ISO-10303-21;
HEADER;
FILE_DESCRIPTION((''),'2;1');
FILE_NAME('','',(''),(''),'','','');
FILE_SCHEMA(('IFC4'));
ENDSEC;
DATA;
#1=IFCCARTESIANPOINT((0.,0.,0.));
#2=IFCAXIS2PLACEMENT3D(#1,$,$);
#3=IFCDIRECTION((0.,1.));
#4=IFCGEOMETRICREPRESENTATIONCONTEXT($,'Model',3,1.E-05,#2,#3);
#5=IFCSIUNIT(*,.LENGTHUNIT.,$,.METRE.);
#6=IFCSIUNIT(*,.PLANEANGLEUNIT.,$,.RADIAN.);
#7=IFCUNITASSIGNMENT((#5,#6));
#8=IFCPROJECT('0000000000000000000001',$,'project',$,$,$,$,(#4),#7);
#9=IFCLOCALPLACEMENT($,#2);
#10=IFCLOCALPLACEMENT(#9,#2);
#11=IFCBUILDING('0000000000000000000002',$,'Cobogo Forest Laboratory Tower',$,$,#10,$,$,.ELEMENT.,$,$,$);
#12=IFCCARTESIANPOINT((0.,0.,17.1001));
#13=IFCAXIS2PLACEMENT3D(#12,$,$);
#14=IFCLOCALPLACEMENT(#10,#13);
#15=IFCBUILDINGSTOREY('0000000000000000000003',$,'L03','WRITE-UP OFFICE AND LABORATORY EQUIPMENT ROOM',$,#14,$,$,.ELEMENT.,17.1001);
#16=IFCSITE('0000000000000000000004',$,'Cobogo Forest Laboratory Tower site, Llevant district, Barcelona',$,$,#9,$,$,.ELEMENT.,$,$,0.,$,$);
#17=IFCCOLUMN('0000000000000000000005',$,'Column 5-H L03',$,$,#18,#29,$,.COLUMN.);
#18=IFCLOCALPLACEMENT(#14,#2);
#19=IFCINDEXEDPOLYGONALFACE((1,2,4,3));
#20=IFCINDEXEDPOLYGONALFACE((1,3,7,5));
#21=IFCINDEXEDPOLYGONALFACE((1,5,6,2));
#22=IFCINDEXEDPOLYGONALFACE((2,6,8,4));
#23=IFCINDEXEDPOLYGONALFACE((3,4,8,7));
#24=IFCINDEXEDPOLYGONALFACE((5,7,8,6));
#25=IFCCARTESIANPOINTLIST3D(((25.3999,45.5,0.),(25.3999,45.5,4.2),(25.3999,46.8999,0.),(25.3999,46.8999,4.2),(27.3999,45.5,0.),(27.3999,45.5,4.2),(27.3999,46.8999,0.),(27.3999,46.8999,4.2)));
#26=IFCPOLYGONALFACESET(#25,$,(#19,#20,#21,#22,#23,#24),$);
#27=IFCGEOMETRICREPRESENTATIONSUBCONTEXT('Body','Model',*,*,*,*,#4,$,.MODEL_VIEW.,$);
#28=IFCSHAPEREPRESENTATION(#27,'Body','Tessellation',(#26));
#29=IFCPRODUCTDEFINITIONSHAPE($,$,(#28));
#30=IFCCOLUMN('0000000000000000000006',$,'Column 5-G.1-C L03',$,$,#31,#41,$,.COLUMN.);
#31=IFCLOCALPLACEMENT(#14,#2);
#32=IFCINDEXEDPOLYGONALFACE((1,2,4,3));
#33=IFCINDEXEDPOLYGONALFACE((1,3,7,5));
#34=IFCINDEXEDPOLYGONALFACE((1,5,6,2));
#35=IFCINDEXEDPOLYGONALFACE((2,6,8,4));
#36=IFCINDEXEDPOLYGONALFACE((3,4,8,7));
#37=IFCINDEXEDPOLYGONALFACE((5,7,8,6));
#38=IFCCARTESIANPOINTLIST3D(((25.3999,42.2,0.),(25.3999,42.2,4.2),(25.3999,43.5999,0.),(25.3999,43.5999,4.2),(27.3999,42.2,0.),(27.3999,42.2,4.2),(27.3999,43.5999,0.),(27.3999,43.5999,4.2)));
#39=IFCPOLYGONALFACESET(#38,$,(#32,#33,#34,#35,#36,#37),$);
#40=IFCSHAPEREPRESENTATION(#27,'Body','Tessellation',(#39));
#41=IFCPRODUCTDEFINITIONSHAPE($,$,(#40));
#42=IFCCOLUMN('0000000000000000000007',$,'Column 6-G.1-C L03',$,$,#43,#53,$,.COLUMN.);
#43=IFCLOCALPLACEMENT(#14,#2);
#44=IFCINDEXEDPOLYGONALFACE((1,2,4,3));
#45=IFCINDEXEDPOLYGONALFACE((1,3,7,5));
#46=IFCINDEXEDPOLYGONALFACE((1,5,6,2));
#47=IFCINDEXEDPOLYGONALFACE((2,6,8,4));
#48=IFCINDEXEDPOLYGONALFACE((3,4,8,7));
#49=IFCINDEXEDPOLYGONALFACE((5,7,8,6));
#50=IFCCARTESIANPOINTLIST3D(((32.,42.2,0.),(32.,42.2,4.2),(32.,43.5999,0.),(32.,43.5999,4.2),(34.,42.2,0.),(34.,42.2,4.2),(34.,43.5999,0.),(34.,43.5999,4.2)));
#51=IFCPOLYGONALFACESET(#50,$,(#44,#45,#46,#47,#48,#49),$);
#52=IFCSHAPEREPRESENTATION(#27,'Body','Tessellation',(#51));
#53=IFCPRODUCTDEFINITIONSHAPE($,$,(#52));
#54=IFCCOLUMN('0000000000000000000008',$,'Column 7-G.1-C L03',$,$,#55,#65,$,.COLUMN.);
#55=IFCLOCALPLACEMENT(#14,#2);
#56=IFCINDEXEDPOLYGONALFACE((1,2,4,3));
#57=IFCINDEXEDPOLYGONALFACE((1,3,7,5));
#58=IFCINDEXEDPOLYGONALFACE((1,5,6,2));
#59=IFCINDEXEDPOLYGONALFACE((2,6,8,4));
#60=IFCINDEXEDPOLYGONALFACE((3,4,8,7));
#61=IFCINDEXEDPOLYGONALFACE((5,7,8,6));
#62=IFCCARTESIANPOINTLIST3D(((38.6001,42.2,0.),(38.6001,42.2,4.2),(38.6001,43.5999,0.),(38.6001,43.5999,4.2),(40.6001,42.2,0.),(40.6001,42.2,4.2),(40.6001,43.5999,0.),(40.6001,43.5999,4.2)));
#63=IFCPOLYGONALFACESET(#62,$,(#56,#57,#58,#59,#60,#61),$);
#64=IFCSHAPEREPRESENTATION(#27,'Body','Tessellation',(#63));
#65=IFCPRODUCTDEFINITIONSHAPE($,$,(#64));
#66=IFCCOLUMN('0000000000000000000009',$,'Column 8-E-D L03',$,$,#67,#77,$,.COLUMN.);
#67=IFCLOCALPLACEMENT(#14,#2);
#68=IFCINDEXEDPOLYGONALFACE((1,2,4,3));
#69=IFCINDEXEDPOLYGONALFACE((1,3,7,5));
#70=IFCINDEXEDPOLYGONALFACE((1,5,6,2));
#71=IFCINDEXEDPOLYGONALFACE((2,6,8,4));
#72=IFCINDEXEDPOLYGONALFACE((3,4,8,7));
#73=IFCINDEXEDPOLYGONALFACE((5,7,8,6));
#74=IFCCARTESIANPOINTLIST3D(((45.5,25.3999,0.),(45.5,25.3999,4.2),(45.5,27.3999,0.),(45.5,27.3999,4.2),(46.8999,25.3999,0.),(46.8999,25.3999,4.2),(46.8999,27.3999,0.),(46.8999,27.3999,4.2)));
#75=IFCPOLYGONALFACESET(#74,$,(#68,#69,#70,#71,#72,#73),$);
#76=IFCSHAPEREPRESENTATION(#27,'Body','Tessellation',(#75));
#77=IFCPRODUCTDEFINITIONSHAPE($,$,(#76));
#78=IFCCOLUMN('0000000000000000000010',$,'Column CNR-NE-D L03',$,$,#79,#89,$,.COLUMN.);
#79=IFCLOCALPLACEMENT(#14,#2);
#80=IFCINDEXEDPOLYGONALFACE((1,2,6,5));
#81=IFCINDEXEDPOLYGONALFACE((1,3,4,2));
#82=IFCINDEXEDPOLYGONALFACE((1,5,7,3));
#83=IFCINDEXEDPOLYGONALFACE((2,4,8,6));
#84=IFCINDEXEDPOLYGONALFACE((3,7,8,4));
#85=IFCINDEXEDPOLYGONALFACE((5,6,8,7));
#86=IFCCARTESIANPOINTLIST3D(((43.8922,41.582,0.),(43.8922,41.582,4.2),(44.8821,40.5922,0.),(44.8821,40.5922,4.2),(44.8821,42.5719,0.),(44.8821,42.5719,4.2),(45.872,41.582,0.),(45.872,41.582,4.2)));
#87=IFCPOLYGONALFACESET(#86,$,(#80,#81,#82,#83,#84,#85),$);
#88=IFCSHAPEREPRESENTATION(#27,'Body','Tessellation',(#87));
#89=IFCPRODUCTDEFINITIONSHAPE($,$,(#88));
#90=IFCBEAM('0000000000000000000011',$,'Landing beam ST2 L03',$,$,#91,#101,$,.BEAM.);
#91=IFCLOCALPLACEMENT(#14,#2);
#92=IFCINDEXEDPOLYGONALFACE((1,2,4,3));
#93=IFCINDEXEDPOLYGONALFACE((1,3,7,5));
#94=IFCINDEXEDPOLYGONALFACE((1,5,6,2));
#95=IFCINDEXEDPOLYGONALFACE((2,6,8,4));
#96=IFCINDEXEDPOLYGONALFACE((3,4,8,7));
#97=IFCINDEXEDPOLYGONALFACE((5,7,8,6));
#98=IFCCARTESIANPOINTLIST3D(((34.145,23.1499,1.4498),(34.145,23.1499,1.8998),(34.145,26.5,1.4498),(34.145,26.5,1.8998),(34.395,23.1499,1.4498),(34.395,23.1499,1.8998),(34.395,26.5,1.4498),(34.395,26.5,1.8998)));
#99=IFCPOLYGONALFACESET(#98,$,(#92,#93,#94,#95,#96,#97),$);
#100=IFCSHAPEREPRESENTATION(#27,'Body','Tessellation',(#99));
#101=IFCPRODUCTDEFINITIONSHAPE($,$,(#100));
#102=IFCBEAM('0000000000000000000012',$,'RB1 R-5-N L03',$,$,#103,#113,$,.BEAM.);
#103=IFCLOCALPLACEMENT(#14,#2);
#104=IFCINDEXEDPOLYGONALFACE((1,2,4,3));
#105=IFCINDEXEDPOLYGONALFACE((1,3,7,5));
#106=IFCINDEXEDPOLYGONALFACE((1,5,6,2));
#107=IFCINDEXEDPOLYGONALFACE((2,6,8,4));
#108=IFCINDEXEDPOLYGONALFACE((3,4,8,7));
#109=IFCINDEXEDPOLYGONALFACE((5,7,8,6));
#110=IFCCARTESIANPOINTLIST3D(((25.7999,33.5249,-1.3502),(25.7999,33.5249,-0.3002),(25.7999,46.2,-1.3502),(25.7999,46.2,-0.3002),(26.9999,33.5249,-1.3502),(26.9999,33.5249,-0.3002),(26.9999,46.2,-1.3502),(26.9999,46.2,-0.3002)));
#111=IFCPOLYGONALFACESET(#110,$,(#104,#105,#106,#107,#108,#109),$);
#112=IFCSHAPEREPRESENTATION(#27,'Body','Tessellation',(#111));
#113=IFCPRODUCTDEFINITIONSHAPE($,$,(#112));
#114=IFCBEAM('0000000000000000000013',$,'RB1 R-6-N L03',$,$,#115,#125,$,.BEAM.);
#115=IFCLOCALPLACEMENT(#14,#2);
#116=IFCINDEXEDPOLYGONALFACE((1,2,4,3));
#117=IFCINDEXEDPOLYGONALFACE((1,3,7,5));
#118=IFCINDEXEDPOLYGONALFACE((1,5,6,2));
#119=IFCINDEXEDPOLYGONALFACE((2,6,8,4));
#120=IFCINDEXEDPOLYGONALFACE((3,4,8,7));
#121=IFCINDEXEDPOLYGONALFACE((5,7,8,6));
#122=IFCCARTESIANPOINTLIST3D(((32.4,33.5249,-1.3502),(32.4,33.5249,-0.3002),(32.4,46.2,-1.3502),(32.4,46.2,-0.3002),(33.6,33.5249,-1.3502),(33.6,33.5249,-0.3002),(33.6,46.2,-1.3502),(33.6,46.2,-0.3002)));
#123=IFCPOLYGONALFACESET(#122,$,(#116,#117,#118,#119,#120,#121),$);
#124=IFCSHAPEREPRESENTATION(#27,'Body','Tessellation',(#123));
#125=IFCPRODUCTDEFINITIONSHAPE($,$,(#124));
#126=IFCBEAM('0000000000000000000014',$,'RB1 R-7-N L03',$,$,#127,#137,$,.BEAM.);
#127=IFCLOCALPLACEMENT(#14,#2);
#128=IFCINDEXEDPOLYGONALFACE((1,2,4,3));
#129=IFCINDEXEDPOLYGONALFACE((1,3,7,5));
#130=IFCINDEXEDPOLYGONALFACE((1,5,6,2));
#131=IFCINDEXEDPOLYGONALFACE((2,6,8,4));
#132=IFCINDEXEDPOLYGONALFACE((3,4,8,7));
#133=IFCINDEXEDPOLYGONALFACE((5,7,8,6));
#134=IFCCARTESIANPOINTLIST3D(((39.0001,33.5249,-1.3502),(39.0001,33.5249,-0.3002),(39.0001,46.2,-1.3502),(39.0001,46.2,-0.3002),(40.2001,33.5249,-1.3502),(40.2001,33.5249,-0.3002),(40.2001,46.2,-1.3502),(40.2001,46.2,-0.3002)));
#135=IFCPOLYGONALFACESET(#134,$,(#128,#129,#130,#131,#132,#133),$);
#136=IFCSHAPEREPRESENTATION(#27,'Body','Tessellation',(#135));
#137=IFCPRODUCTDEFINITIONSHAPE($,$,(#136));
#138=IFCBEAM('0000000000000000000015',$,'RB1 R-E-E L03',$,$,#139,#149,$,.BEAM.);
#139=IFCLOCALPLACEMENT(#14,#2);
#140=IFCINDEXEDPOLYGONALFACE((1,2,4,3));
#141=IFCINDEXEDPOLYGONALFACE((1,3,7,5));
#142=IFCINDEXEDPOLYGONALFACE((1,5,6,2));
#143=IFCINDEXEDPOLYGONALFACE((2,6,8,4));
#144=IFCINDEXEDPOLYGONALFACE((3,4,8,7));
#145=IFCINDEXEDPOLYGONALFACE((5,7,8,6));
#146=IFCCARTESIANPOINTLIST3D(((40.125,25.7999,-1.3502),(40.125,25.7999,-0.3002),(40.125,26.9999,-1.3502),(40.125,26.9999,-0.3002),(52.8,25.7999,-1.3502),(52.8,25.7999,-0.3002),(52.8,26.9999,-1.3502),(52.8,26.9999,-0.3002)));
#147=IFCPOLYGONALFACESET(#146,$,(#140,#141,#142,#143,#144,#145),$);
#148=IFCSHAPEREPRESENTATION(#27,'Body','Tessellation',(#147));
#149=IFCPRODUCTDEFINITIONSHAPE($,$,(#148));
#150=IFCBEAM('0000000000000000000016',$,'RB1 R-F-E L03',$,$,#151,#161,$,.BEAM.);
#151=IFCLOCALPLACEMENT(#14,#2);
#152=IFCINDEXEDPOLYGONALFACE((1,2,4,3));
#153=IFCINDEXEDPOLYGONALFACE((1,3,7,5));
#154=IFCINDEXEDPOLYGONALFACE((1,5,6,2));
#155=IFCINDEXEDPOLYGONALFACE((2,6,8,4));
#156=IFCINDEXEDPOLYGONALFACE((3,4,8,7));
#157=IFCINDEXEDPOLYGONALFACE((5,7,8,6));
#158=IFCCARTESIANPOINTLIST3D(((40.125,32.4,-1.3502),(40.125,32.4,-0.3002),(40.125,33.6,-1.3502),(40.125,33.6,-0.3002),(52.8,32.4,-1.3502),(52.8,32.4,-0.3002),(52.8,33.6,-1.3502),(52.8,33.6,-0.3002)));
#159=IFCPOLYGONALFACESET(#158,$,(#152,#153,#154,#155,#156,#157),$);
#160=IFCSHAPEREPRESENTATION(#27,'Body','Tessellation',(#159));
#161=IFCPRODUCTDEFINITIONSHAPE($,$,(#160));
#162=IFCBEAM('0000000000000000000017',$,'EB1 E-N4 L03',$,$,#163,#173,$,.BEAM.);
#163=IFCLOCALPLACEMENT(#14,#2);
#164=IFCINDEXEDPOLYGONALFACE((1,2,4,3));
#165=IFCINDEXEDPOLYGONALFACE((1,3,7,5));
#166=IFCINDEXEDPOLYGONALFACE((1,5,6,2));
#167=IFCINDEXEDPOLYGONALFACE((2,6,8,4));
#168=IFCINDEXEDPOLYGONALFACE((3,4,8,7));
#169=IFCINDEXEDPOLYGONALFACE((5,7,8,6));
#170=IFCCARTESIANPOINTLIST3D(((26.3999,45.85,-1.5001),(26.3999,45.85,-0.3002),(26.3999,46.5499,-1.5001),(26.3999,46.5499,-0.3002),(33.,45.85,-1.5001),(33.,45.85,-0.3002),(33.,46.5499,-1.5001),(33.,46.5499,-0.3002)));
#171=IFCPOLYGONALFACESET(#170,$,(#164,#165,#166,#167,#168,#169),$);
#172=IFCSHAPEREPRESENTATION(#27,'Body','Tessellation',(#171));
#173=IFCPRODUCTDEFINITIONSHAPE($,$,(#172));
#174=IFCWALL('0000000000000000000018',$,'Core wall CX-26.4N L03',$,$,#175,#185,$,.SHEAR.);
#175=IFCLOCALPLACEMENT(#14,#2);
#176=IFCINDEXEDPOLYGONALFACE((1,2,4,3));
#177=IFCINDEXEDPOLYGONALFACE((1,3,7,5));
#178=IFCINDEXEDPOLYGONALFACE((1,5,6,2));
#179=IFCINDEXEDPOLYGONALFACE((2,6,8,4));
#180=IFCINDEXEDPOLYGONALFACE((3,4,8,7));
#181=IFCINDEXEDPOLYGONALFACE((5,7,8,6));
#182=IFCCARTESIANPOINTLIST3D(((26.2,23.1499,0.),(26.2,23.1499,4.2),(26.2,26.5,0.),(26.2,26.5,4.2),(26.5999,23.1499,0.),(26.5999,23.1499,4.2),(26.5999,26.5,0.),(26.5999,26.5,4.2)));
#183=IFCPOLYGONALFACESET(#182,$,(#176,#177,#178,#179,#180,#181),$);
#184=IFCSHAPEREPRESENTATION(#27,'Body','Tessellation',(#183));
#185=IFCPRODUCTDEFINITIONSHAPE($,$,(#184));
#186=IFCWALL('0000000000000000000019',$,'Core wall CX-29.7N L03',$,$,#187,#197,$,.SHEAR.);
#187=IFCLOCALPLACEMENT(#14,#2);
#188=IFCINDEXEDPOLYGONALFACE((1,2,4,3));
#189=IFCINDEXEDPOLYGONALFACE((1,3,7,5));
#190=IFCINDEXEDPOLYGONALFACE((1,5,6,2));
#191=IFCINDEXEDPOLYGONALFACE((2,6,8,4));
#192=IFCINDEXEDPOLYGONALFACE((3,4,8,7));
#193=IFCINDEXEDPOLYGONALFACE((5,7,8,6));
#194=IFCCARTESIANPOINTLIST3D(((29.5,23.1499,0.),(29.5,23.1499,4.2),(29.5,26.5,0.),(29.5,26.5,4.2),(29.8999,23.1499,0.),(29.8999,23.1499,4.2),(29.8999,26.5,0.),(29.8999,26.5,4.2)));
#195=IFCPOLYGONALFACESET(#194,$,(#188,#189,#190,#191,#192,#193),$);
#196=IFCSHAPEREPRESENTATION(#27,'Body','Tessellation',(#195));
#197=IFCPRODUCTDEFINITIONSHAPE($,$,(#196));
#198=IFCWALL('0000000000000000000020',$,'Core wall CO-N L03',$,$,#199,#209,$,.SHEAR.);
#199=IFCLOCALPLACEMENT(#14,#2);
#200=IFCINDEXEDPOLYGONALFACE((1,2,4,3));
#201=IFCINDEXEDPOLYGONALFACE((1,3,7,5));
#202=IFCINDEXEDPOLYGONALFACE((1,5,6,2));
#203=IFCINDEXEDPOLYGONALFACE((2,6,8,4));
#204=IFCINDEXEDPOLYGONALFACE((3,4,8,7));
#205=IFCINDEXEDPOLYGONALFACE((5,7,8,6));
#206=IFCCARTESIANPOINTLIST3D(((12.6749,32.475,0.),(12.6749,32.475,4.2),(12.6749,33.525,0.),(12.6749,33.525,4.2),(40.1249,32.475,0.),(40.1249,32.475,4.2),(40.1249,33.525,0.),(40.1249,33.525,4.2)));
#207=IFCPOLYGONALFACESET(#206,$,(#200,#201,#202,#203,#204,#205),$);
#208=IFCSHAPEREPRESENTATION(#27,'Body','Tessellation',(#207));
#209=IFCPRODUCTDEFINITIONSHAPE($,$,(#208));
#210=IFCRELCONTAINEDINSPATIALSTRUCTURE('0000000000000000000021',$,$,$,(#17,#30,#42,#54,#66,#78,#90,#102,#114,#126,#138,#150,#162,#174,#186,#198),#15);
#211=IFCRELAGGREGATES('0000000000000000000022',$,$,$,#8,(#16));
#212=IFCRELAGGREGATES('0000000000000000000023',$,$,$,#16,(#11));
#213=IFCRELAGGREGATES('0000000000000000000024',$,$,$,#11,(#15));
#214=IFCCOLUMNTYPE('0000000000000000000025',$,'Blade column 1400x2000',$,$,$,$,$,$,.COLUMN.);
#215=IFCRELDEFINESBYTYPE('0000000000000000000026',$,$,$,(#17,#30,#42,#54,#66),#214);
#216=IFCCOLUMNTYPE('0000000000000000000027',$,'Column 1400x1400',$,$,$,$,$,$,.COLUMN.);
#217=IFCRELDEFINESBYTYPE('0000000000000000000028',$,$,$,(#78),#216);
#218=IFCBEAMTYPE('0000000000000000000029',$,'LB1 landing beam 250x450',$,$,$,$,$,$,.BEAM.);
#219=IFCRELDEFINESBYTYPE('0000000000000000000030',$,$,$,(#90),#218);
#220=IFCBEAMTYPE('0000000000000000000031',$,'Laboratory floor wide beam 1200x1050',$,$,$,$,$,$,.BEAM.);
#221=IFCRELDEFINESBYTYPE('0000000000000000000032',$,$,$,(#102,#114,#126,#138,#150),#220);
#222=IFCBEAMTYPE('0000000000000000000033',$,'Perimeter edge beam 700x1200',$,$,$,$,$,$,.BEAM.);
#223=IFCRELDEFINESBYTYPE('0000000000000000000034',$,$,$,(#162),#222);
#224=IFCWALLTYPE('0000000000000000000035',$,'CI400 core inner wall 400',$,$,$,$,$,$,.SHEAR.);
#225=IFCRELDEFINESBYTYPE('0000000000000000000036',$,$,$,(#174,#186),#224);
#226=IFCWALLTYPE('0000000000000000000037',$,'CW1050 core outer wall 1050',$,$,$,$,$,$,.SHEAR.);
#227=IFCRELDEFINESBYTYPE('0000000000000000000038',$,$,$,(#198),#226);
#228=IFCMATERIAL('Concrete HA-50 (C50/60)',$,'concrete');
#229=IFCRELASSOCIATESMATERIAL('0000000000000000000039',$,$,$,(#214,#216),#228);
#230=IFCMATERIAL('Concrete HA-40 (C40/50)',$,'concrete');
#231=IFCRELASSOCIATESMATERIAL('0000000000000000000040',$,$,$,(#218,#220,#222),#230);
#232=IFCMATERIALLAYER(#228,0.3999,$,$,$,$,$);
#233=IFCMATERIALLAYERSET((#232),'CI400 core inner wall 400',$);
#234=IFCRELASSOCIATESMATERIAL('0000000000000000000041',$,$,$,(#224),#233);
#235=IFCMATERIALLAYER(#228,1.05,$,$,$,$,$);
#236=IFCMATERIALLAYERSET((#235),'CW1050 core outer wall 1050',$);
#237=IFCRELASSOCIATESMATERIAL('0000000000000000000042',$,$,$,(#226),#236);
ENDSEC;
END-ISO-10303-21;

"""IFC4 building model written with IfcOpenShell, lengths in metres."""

from ifc_helpers import new_model, si_unit, direction, frame, frame_2d, origin, origin_2d, place, context, subcontext, project, spatial, rectangle, extrude, material, layer, layer_set, material_profile, profile_set, type_object, element, save


model = new_model("IFC4")

# Units and contexts
model_context = context("Model", 3, precision=1e-05, world=origin(), true_north=direction((0.0, 1.0)))
body_context = subcontext(model_context, "Body", "Model", "MODEL_VIEW")
ifc_project = project(units=[si_unit("LENGTHUNIT", "METRE"), si_unit("PLANEANGLEUNIT", "RADIAN")], contexts=[model_context])

# Site, building, storey
site_placement = place(None, origin())
site = spatial("IfcSite", under=ifc_project, at=site_placement, Name="Cobogo Forest Laboratory Tower site, Llevant district, Barcelona", CompositionType="ELEMENT", RefElevation=0.0)
building_placement = place(site_placement, origin())
building = spatial("IfcBuilding", under=site, at=building_placement, Name="Cobogo Forest Laboratory Tower", CompositionType="ELEMENT")
storey_placement = place(building_placement, frame((0.0, 0.0, 17.1001)))
storey = spatial("IfcBuildingStorey", under=building, at=storey_placement, Name="L03", Description="WRITE-UP OFFICE AND LABORATORY EQUIPMENT ROOM", CompositionType="ELEMENT", Elevation=17.1001)

# Columns
ifc_material_1 = material(Name="Concrete HA-50 (C50/60)", Category="concrete")
ifc_material_profile_1 = material_profile(ifc_material_1, rectangle(XDim=2.0, YDim=1.3999, at=origin_2d()), Name="RC 1400x2000")
ifc_profile_set_1 = profile_set([ifc_material_profile_1], Name="Concrete HA-50 (C50/60)")
column_type_1 = type_object("IfcColumnType", Name="Blade column 1400x2000", PredefinedType="COLUMN", material=ifc_profile_set_1)
for number, where, z_axis, x_axis, name in (
    (1, (26.3999, 46.2, 0.0), (0.0, 0.0, 1.0), (1.0, 0.0, 0.0), "Column 5-H L03"),
    (2, (26.3999, 42.8999, 0.0), (0.0, 0.0, 1.0), (1.0, 0.0, 0.0), "Column 5-G.1-C L03"),
    (3, (33.0, 42.8999, 0.0), (0.0, 0.0, 1.0), (1.0, 0.0, 0.0), "Column 6-G.1-C L03"),
    (4, (39.6001, 42.8999, 0.0), (0.0, 0.0, 1.0), (1.0, 0.0, 0.0), "Column 7-G.1-C L03"),
    (5, (46.2, 26.3999, 0.0), (0.0, 0.0, 1.0), (0.0, 1.0, 0.0), "Column 8-E-D L03"),
):
    element("IfcColumn", number, at=place(storey_placement, frame(where, z_axis=z_axis, x_axis=x_axis)), inside=storey, type_object=column_type_1, Name=name, PredefinedType="COLUMN", context=body_context, shape_type="SweptSolid", body=[
        extrude(rectangle(XDim=2.0, YDim=1.3999, at=origin_2d()), origin(), (0.0, 0.0, 1.0), 4.2),
    ])
ifc_material_profile_2 = material_profile(ifc_material_1, rectangle(XDim=1.3999, YDim=1.3999, at=origin_2d()), Name="RC 1400x1400")
ifc_profile_set_2 = profile_set([ifc_material_profile_2], Name="Concrete HA-50 (C50/60)")
column_type_2 = type_object("IfcColumnType", Name="Column 1400x1400", PredefinedType="COLUMN", material=ifc_profile_set_2)
column_placement = place(storey_placement, frame((44.8821, 41.582, 0.0), z_axis=(0.0, 0.0, 1.0), x_axis=(0.707107, 0.707107, 0.0)))
element("IfcColumn", 6, at=column_placement, inside=storey, type_object=column_type_2, Name="Column CNR-NE-D L03", PredefinedType="COLUMN", context=body_context, shape_type="SweptSolid", body=[
    extrude(rectangle(XDim=1.3999, YDim=1.3999, at=origin_2d()), origin(), (0.0, 0.0, 1.0), 4.2),
])

# Beams
ifc_material_2 = material(Name="Concrete HA-40 (C40/50)", Category="concrete")
ifc_material_profile_3 = material_profile(ifc_material_2, rectangle(XDim=0.25, YDim=0.45, at=origin_2d()), Name="RC 250x450")
ifc_profile_set_3 = profile_set([ifc_material_profile_3], Name="Concrete HA-40 (C40/50)")
beam_type_1 = type_object("IfcBeamType", Name="LB1 landing beam 250x450", PredefinedType="BEAM", material=ifc_profile_set_3)
beam_1_placement = place(storey_placement, frame((34.27, 23.1499, 1.6748), z_axis=(0.0, 1.0, 0.0), x_axis=(-1.0, 0.0, 0.0)))
element("IfcBeam", 7, at=beam_1_placement, inside=storey, type_object=beam_type_1, Name="Landing beam ST2 L03", PredefinedType="BEAM", context=body_context, shape_type="SweptSolid", body=[
    extrude(rectangle(XDim=0.25, YDim=0.45, at=origin_2d()), origin(), (0.0, 0.0, 1.0), 3.3501),
])
ifc_material_profile_4 = material_profile(ifc_material_2, rectangle(XDim=1.2, YDim=1.05, at=origin_2d()), Name="RC 1200x1050")
ifc_profile_set_4 = profile_set([ifc_material_profile_4], Name="Concrete HA-40 (C40/50)")
beam_type_2 = type_object("IfcBeamType", Name="Laboratory floor wide beam 1200x1050", PredefinedType="BEAM", material=ifc_profile_set_4)
for number, where, z_axis, x_axis, name in (
    (8, (26.3999, 33.5249, -0.8252), (0.0, 1.0, 0.0), (-1.0, 0.0, 0.0), "RB1 R-5-N L03"),
    (9, (33.0, 33.5249, -0.8252), (0.0, 1.0, 0.0), (-1.0, 0.0, 0.0), "RB1 R-6-N L03"),
    (10, (39.6001, 33.5249, -0.8252), (0.0, 1.0, 0.0), (-1.0, 0.0, 0.0), "RB1 R-7-N L03"),
    (11, (40.125, 26.3999, -0.8252), (1.0, 0.0, 0.0), (0.0, 1.0, 0.0), "RB1 R-E-E L03"),
    (12, (40.125, 33.0, -0.8252), (1.0, 0.0, 0.0), (0.0, 1.0, 0.0), "RB1 R-F-E L03"),
):
    element("IfcBeam", number, at=place(storey_placement, frame(where, z_axis=z_axis, x_axis=x_axis)), inside=storey, type_object=beam_type_2, Name=name, PredefinedType="BEAM", context=body_context, shape_type="SweptSolid", body=[
        extrude(rectangle(XDim=1.2, YDim=1.05, at=origin_2d()), origin(), (0.0, 0.0, 1.0), 12.675),
    ])
ifc_material_profile_5 = material_profile(ifc_material_2, rectangle(XDim=0.7, YDim=1.2, at=origin_2d()), Name="RC 700x1200")
ifc_profile_set_5 = profile_set([ifc_material_profile_5], Name="Concrete HA-40 (C40/50)")
beam_type_3 = type_object("IfcBeamType", Name="Perimeter edge beam 700x1200", PredefinedType="BEAM", material=ifc_profile_set_5)
beam_2_placement = place(storey_placement, frame((26.3999, 46.2, -0.9001), z_axis=(1.0, 0.0, 0.0), x_axis=(0.0, 1.0, 0.0)))
element("IfcBeam", 13, at=beam_2_placement, inside=storey, type_object=beam_type_3, Name="EB1 E-N4 L03", PredefinedType="BEAM", context=body_context, shape_type="SweptSolid", body=[
    extrude(rectangle(XDim=0.7, YDim=1.2, at=origin_2d()), origin(), (0.0, 0.0, 1.0), 6.6001),
])

# Walls
ifc_layer_1 = layer(ifc_material_1, 0.3999)
ifc_layer_set_1 = layer_set([ifc_layer_1], Name="CI400 core inner wall 400")
wall_type_1 = type_object("IfcWallType", Name="CI400 core inner wall 400", PredefinedType="SHEAR", material=ifc_layer_set_1)
for number, where, z_axis, x_axis, name in (
    (14, (26.3999, 23.1499, 0.0), (0.0, 0.0, 1.0), (0.0, 1.0, 0.0), "Core wall CX-26.4N L03"),
    (15, (29.7, 23.1499, 0.0), (0.0, 0.0, 1.0), (0.0, 1.0, 0.0), "Core wall CX-29.7N L03"),
):
    element("IfcWall", number, at=place(storey_placement, frame(where, z_axis=z_axis, x_axis=x_axis)), inside=storey, type_object=wall_type_1, Name=name, PredefinedType="SHEAR", context=body_context, shape_type="SweptSolid", body=[
        extrude(rectangle(XDim=3.3501, YDim=0.3999, at=frame_2d((1.675, 0.0))), origin(), (0.0, 0.0, 1.0), 4.2),
    ])
ifc_layer_2 = layer(ifc_material_1, 1.05)
ifc_layer_set_2 = layer_set([ifc_layer_2], Name="CW1050 core outer wall 1050")
wall_type_2 = type_object("IfcWallType", Name="CW1050 core outer wall 1050", PredefinedType="SHEAR", material=ifc_layer_set_2)
wall_1_placement = place(storey_placement, frame((40.125, 33.0, 0.0), z_axis=(0.0, 0.0, 1.0), x_axis=(-1.0, 0.0, 0.0)))
element("IfcWall", 16, at=wall_1_placement, inside=storey, type_object=wall_type_2, Name="Core wall CO-N L03", PredefinedType="SHEAR", context=body_context, shape_type="SweptSolid", body=[
    extrude(rectangle(XDim=27.45, YDim=1.05, at=frame_2d((13.7251, 0.0))), origin(), (0.0, 0.0, 1.0), 4.2),
])

save(model, "model.ifc")
